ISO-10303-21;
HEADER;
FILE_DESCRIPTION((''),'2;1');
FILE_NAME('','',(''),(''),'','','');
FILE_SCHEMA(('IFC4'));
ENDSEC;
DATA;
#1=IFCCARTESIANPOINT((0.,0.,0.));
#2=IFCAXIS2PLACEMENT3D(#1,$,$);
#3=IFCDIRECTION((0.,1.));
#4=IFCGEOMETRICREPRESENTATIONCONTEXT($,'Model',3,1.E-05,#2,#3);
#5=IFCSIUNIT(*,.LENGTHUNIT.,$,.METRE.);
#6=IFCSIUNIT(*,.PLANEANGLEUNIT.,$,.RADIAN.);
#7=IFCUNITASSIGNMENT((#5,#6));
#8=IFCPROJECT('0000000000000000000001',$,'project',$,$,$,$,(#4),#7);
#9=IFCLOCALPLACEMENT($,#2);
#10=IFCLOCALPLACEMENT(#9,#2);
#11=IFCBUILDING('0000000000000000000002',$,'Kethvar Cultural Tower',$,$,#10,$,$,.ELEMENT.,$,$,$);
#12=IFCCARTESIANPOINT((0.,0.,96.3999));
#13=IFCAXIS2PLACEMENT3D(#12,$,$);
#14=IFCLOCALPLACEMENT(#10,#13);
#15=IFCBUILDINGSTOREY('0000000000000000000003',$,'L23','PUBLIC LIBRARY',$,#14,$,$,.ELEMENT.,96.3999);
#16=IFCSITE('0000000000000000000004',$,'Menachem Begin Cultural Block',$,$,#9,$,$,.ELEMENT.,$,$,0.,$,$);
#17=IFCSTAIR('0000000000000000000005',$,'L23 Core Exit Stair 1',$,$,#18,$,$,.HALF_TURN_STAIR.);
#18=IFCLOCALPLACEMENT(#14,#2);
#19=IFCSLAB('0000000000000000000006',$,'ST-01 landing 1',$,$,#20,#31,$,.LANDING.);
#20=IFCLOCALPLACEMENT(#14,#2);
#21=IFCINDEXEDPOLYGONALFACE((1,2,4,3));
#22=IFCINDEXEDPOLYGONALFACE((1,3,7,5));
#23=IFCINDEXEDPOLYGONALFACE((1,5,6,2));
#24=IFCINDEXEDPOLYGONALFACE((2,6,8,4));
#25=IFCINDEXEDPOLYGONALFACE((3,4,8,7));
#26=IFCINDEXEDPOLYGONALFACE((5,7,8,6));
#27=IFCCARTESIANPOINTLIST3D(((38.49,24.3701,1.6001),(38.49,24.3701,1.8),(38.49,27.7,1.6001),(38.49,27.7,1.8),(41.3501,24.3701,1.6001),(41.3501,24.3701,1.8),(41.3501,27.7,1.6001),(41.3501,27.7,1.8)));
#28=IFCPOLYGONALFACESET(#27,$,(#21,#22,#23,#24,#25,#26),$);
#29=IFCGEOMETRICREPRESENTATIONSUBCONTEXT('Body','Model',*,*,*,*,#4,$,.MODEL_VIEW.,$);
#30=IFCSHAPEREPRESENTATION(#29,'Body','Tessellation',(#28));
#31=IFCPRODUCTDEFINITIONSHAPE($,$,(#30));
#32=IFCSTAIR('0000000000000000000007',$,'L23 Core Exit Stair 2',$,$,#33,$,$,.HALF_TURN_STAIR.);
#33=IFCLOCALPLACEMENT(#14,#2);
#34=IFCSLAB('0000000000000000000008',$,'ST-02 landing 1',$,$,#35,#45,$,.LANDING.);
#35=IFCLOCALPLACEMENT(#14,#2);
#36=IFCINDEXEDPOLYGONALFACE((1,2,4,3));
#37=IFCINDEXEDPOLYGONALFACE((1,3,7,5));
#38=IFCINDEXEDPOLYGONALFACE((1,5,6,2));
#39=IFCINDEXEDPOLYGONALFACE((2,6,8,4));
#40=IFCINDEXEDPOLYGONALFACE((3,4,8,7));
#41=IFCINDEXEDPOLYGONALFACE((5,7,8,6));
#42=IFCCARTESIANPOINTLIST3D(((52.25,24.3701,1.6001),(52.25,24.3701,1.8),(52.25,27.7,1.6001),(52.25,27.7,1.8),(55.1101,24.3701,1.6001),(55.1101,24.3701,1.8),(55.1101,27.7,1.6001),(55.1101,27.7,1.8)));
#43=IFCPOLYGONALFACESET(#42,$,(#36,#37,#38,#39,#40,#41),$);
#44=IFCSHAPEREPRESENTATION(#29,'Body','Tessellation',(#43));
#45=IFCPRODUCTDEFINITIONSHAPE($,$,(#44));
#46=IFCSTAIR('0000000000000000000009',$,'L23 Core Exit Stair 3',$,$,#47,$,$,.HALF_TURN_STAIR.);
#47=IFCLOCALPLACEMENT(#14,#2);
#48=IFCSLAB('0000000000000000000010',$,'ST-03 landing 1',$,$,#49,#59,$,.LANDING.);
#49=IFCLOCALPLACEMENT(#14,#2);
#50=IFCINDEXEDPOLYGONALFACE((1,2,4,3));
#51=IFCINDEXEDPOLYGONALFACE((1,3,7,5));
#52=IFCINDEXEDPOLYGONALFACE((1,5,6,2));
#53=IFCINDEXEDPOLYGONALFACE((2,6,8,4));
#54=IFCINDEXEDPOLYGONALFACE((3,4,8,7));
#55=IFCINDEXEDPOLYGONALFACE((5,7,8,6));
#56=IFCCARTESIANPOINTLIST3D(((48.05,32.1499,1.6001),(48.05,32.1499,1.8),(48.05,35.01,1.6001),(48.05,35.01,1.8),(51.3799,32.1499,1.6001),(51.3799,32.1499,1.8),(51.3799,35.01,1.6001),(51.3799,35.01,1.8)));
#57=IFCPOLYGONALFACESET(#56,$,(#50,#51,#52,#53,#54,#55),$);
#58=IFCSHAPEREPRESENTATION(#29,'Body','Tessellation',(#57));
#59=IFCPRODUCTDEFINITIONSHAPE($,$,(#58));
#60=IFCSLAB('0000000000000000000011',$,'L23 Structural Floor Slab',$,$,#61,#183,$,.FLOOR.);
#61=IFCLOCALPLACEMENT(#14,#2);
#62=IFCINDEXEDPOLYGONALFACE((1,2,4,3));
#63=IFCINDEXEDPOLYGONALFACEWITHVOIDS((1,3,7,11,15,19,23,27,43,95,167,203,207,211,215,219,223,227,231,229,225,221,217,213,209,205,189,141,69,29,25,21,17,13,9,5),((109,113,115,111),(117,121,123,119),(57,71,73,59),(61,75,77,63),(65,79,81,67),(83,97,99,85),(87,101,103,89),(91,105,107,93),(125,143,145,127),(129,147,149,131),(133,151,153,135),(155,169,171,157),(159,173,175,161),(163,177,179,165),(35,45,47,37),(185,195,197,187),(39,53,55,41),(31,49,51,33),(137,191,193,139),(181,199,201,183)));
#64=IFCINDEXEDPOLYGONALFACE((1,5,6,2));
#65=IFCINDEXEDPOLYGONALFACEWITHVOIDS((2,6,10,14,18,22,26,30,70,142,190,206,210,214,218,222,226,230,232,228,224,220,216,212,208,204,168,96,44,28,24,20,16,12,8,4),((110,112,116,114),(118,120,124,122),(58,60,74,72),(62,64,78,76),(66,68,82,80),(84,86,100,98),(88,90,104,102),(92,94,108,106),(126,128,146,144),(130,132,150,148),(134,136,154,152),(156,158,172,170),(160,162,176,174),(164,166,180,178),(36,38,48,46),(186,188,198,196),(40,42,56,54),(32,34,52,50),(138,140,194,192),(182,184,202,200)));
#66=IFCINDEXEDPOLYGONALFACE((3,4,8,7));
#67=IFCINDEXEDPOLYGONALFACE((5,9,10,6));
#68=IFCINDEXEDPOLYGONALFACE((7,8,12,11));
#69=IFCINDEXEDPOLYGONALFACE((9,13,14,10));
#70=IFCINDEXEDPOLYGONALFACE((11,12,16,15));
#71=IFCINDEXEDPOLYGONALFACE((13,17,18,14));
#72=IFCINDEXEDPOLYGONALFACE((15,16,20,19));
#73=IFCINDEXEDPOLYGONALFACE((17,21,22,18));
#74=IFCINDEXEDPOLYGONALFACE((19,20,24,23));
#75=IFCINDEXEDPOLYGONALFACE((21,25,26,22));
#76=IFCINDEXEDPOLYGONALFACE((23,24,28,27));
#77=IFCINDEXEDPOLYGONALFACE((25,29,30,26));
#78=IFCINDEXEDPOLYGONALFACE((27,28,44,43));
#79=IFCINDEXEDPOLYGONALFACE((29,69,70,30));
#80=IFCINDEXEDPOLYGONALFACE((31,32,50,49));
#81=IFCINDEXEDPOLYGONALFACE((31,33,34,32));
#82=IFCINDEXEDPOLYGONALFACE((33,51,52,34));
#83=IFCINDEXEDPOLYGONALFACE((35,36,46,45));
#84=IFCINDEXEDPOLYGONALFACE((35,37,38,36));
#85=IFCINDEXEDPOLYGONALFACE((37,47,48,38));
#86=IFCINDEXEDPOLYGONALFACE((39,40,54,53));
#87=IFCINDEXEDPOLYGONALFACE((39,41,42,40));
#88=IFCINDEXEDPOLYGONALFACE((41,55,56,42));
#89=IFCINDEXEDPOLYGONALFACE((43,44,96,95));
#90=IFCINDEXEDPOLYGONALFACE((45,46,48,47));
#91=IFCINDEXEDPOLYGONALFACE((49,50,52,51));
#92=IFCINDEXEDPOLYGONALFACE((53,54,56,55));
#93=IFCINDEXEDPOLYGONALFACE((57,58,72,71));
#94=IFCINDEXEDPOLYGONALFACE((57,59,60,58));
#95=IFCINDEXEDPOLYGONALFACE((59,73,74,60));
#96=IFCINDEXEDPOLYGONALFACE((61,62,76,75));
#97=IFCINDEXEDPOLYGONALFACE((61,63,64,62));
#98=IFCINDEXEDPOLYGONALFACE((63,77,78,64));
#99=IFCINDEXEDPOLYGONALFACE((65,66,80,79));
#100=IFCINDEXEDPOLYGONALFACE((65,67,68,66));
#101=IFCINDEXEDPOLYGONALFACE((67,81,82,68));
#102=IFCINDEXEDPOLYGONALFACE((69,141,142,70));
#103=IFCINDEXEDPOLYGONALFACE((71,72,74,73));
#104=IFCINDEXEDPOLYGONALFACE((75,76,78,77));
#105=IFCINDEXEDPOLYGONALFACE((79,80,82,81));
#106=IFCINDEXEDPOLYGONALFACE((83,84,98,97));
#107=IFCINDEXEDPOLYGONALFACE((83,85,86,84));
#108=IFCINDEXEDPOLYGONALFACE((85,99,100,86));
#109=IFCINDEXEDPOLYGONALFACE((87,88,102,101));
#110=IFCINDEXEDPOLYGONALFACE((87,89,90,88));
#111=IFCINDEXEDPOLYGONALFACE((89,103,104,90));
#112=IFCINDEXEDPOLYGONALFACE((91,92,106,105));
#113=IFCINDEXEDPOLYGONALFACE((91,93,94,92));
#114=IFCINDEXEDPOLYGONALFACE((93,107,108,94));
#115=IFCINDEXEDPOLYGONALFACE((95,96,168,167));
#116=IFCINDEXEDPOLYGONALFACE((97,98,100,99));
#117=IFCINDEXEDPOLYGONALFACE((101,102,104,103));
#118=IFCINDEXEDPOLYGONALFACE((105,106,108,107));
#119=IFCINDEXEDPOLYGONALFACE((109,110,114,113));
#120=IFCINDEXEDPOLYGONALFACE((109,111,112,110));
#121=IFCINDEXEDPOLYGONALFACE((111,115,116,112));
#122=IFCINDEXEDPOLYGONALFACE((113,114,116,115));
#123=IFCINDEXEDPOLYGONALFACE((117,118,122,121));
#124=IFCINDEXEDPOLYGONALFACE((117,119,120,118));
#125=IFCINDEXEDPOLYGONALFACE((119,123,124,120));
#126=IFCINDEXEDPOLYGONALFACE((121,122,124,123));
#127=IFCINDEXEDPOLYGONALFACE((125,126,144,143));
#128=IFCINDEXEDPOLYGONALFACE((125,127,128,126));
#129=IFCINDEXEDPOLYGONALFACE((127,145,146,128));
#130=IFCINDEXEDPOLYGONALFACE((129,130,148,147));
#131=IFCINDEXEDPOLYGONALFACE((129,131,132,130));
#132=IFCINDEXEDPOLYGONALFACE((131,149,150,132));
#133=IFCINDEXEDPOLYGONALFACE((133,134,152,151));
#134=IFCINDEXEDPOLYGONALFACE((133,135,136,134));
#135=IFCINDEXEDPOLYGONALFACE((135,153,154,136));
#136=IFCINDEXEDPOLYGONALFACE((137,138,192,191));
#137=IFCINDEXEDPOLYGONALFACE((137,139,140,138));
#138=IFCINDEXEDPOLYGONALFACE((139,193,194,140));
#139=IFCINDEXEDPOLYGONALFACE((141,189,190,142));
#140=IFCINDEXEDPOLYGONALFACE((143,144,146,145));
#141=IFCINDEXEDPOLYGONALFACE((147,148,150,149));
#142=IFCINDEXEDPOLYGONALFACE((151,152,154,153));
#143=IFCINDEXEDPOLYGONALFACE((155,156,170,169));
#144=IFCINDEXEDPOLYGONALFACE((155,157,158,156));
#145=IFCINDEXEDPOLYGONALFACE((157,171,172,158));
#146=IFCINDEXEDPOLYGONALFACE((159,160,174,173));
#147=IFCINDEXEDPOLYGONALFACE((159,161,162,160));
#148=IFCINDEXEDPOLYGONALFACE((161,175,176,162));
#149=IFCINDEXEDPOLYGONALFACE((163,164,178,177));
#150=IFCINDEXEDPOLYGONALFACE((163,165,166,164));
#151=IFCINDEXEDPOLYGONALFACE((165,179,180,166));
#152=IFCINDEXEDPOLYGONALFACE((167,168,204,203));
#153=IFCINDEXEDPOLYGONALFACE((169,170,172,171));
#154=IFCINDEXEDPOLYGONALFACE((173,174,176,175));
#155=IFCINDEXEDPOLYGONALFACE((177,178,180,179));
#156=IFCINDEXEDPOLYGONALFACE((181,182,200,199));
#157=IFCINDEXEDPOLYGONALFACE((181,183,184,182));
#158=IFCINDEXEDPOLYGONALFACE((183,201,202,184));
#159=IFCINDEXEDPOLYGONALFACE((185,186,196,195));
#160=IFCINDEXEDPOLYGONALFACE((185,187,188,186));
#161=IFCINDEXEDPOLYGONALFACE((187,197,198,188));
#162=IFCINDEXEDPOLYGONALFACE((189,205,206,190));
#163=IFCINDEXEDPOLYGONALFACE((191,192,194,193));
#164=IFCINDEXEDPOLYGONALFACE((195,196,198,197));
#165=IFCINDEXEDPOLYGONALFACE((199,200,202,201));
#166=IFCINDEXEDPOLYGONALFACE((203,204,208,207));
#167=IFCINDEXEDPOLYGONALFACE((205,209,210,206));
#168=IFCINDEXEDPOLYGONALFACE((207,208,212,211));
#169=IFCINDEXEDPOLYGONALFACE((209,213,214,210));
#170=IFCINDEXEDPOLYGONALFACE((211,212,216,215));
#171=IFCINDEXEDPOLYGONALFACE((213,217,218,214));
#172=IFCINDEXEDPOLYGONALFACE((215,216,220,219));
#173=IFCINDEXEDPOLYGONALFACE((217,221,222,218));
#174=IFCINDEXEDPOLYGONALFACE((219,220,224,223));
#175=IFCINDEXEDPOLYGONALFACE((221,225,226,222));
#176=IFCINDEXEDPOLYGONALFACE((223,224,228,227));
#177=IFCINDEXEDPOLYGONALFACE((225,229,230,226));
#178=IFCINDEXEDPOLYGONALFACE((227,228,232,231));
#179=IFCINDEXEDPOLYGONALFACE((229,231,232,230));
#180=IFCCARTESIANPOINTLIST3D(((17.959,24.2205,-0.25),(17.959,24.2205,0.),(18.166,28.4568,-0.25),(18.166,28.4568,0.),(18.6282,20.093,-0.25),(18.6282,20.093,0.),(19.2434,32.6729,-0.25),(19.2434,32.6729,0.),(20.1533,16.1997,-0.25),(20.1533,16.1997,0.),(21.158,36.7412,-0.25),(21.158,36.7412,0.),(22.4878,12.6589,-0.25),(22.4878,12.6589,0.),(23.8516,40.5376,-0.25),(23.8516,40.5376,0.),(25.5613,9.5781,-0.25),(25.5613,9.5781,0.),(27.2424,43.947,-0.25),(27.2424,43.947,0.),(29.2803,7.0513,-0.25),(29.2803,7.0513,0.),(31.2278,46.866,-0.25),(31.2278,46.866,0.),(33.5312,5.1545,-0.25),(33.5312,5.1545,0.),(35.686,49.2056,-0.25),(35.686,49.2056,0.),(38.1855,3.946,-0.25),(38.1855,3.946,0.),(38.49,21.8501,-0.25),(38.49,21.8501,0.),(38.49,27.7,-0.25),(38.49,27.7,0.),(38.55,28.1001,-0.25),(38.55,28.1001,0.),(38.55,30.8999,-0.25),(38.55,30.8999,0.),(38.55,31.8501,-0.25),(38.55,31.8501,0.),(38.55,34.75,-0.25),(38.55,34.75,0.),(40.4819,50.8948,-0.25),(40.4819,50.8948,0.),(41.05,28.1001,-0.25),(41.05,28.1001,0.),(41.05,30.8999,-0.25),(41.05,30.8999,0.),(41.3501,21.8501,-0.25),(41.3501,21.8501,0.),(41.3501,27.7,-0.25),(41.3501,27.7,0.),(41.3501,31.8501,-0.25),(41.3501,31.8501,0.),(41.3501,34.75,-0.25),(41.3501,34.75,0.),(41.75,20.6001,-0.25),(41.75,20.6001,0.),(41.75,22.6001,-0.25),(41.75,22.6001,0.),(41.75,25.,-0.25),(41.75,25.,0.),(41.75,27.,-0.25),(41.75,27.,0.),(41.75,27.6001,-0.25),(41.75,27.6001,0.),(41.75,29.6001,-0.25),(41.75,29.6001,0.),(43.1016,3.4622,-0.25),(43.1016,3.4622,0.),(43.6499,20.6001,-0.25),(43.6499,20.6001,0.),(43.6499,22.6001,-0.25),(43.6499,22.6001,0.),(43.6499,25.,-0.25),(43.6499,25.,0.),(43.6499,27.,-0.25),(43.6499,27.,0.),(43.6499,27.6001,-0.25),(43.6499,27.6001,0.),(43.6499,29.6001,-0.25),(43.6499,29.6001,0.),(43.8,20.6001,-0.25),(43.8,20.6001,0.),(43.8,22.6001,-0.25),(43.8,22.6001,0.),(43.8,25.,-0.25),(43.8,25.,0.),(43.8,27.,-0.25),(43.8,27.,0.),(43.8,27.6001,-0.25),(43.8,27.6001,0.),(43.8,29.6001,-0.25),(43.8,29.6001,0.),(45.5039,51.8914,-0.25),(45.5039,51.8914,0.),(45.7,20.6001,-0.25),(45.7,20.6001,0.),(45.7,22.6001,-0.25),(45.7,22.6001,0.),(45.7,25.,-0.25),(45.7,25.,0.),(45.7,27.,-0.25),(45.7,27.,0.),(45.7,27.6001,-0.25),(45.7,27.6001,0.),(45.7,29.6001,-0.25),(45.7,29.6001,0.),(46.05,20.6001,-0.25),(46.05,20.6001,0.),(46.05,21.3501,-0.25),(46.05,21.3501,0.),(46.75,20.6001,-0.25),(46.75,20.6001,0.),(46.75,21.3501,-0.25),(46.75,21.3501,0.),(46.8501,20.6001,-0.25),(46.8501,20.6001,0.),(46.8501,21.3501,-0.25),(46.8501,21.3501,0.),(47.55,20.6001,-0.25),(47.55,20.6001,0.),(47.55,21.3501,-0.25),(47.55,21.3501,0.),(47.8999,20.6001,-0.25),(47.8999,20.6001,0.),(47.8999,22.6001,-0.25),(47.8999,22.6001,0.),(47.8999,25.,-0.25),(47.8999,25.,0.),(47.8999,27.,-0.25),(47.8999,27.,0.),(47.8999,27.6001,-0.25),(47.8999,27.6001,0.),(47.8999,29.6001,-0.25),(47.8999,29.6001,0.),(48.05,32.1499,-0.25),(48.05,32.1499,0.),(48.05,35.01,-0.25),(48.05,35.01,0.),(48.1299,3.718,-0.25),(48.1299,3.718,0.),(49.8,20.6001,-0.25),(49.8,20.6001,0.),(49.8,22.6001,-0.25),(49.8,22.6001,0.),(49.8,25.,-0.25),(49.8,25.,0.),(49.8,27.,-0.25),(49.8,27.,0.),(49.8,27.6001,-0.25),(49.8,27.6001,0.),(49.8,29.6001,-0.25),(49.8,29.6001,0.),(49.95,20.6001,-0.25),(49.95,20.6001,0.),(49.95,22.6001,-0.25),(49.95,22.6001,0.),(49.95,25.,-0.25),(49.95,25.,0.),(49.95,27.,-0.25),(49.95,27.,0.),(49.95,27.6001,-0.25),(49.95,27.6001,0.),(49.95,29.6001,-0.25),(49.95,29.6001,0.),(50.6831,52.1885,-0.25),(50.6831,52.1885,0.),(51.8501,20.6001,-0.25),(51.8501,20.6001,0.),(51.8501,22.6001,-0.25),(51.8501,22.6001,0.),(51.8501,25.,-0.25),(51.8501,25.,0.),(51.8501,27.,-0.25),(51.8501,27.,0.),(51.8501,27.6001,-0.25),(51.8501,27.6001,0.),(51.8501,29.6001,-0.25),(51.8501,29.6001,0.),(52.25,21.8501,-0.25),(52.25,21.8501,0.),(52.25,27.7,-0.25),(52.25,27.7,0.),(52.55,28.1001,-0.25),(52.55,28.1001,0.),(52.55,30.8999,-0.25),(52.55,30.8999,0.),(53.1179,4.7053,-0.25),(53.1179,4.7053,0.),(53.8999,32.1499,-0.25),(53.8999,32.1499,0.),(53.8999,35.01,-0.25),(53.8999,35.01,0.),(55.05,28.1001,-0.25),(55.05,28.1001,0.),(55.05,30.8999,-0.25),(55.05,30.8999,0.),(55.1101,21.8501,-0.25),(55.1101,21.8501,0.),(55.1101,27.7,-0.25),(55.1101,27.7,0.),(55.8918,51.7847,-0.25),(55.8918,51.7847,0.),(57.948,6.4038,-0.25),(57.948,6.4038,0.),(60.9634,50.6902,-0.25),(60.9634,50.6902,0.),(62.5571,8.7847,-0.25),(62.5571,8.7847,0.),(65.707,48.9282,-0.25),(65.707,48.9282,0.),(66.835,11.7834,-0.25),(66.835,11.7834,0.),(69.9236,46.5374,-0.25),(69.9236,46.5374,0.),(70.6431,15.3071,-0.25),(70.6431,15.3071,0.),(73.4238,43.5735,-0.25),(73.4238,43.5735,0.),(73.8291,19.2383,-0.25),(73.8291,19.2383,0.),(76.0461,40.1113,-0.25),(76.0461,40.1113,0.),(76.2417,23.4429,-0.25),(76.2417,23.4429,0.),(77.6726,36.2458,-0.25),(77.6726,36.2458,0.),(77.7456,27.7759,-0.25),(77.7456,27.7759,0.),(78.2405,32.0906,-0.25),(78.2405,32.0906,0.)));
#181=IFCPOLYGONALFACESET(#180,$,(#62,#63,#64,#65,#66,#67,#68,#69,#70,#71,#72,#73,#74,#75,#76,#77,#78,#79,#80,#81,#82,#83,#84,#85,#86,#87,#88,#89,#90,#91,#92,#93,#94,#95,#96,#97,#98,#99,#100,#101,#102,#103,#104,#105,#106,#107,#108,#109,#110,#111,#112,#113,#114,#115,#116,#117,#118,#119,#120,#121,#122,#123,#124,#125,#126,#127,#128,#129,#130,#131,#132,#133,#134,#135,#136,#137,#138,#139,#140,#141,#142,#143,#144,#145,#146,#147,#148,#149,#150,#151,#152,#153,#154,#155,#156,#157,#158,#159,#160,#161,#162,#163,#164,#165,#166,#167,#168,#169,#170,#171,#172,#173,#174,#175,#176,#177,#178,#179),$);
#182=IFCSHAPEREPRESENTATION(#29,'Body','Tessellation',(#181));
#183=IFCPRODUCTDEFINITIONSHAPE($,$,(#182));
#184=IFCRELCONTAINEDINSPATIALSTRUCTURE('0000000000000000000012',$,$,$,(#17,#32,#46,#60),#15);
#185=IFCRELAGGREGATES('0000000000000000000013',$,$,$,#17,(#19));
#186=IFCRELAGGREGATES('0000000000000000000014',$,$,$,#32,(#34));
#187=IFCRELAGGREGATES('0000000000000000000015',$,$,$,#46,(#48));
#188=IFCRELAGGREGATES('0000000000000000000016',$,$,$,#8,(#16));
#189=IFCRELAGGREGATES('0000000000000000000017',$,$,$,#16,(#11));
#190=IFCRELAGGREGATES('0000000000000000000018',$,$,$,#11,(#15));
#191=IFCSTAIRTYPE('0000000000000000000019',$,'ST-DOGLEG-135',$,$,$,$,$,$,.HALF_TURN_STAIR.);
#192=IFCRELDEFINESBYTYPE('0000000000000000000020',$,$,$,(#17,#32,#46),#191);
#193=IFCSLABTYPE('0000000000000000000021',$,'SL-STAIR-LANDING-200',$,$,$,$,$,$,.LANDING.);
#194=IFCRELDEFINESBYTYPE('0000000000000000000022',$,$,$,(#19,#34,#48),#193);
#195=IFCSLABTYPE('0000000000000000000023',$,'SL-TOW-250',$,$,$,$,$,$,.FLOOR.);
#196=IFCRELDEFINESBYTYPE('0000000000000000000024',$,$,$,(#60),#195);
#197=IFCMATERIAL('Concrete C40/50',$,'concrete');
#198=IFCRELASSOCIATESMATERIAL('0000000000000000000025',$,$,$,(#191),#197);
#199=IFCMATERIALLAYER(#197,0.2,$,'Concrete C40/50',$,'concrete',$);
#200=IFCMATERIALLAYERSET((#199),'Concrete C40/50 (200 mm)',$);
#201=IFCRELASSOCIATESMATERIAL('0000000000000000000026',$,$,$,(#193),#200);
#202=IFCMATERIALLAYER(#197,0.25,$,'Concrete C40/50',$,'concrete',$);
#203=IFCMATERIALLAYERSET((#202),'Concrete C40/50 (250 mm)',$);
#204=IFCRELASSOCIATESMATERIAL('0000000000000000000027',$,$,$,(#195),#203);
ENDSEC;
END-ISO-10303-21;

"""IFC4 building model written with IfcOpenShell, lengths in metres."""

from ifc_helpers import new_model, si_unit, direction, frame, origin, place, context, subcontext, project, spatial, polyline, outline, extrude, material, layer, layer_set, type_object, element, aggregate, save


model = new_model("IFC4")

# Units and contexts
model_context = context("Model", 3, precision=1e-05, world=origin(), true_north=direction((0.0, 1.0)))
body_context = subcontext(model_context, "Body", "Model", "MODEL_VIEW")
ifc_project = project(units=[si_unit("LENGTHUNIT", "METRE"), si_unit("PLANEANGLEUNIT", "RADIAN")], contexts=[model_context])

# Site, building, storey
site_placement = place(None, origin())
site = spatial("IfcSite", under=ifc_project, at=site_placement, Name="Menachem Begin Cultural Block", CompositionType="ELEMENT", RefElevation=0.0)
building_placement = place(site_placement, origin())
building = spatial("IfcBuilding", under=site, at=building_placement, Name="Kethvar Cultural Tower", CompositionType="ELEMENT")
storey_placement = place(building_placement, frame((0.0, 0.0, 96.3999)))
storey = spatial("IfcBuildingStorey", under=building, at=storey_placement, Name="L23", Description="PUBLIC LIBRARY", CompositionType="ELEMENT", Elevation=96.3999)

# Stairs, slabs
ifc_material_1 = material(Name="Concrete C40/50", Category="concrete")
stair_type = type_object("IfcStairType", Name="ST-DOGLEG-135", PredefinedType="HALF_TURN_STAIR", material=ifc_material_1)
stair_1_placement = place(storey_placement, origin())
stair_1 = element("IfcStair", 1, at=stair_1_placement, inside=storey, type_object=stair_type, Name="L23 Core Exit Stair 1", PredefinedType="HALF_TURN_STAIR")
ifc_layer_1 = layer(ifc_material_1, 0.2, Name="Concrete C40/50", Category="concrete")
ifc_layer_set_1 = layer_set([ifc_layer_1], Name="Concrete C40/50 (200 mm)")
slab_type_1 = type_object("IfcSlabType", Name="SL-STAIR-LANDING-200", PredefinedType="LANDING", material=ifc_layer_set_1)
slab_1_placement = place(storey_placement, frame((0.0, 0.0, 1.6001)))
slab_1 = element("IfcSlab", 2, at=slab_1_placement, type_object=slab_type_1, Name="ST-01 landing 1", PredefinedType="LANDING", context=body_context, shape_type="SweptSolid", body=[
    extrude(outline(polyline([(41.3501, 24.3701), (41.3501, 27.7), (38.49, 27.7), (38.49, 24.3701), (41.3501, 24.3701)])), origin(), (0.0, 0.0, 1.0), 0.2),
])
aggregate(stair_1, [slab_1])
stair_2_placement = place(storey_placement, origin())
stair_2 = element("IfcStair", 3, at=stair_2_placement, inside=storey, type_object=stair_type, Name="L23 Core Exit Stair 2", PredefinedType="HALF_TURN_STAIR")
slab_2_placement = place(storey_placement, frame((0.0, 0.0, 1.6001)))
slab_2 = element("IfcSlab", 4, at=slab_2_placement, type_object=slab_type_1, Name="ST-02 landing 1", PredefinedType="LANDING", context=body_context, shape_type="SweptSolid", body=[
    extrude(outline(polyline([(55.1101, 24.3701), (55.1101, 27.7), (52.25, 27.7), (52.25, 24.3701), (55.1101, 24.3701)])), origin(), (0.0, 0.0, 1.0), 0.2),
])
aggregate(stair_2, [slab_2])
stair_3_placement = place(storey_placement, origin())
stair_3 = element("IfcStair", 5, at=stair_3_placement, inside=storey, type_object=stair_type, Name="L23 Core Exit Stair 3", PredefinedType="HALF_TURN_STAIR")
slab_3_placement = place(storey_placement, frame((0.0, 0.0, 1.6001)))
slab_3 = element("IfcSlab", 6, at=slab_3_placement, type_object=slab_type_1, Name="ST-03 landing 1", PredefinedType="LANDING", context=body_context, shape_type="SweptSolid", body=[
    extrude(outline(polyline([(51.3799, 35.01), (48.05, 35.01), (48.05, 32.1499), (51.3799, 32.1499), (51.3799, 35.01)])), origin(), (0.0, 0.0, 1.0), 0.2),
])
aggregate(stair_3, [slab_3])

# Slab
ifc_layer_2 = layer(ifc_material_1, 0.25, Name="Concrete C40/50", Category="concrete")
ifc_layer_set_2 = layer_set([ifc_layer_2], Name="Concrete C40/50 (250 mm)")
slab_type_2 = type_object("IfcSlabType", Name="SL-TOW-250", PredefinedType="FLOOR", material=ifc_layer_set_2)
slab_4_placement = place(storey_placement, frame((0.0, 0.0, -0.25)))
element("IfcSlab", 7, at=slab_4_placement, inside=storey, type_object=slab_type_2, Name="L23 Structural Floor Slab", PredefinedType="FLOOR", context=body_context, shape_type="SweptSolid", body=[
    extrude(outline(polyline([(77.6726, 36.2458), (76.0461, 40.1113), (73.4238, 43.5735), (69.9236, 46.5374), (65.707, 48.9282), (60.9634, 50.6902), (55.8918, 51.7847), (50.6831, 52.1885), (45.5039, 51.8914), (40.4819, 50.8948), (35.686, 49.2056), (31.2278, 46.866), (27.2424, 43.947), (23.8516, 40.5376), (21.158, 36.7412), (19.2434, 32.6729), (18.166, 28.4568), (17.959, 24.2205), (18.6282, 20.093), (20.1533, 16.1997), (22.4878, 12.6589), (25.5613, 9.5781), (29.2803, 7.0513), (33.5312, 5.1545), (38.1855, 3.946), (43.1016, 3.4622), (48.1299, 3.718), (53.1179, 4.7053), (57.948, 6.4038), (62.5571, 8.7847), (66.835, 11.7834), (70.6431, 15.3071), (73.8291, 19.2383), (76.2417, 23.4429), (77.7456, 27.7759), (78.2405, 32.0906), (77.6726, 36.2458)]), holes=[polyline([(38.49, 21.8501), (38.49, 27.7), (41.3501, 27.7), (41.3501, 21.8501), (38.49, 21.8501)]), polyline([(52.25, 21.8501), (52.25, 27.7), (55.1101, 27.7), (55.1101, 21.8501), (52.25, 21.8501)]), polyline([(53.8999, 32.1499), (48.05, 32.1499), (48.05, 35.01), (53.8999, 35.01), (53.8999, 32.1499)]), polyline([(41.75, 22.6001), (43.6499, 22.6001), (43.6499, 20.6001), (41.75, 20.6001), (41.75, 22.6001)]), polyline([(43.8, 22.6001), (45.7, 22.6001), (45.7, 20.6001), (43.8, 20.6001), (43.8, 22.6001)]), polyline([(47.8999, 22.6001), (49.8, 22.6001), (49.8, 20.6001), (47.8999, 20.6001), (47.8999, 22.6001)]), polyline([(49.95, 22.6001), (51.8501, 22.6001), (51.8501, 20.6001), (49.95, 20.6001), (49.95, 22.6001)]), polyline([(41.75, 27.0), (43.6499, 27.0), (43.6499, 25.0), (41.75, 25.0), (41.75, 27.0)]), polyline([(43.8, 27.0), (45.7, 27.0), (45.7, 25.0), (43.8, 25.0), (43.8, 27.0)]), polyline([(47.8999, 27.0), (49.8, 27.0), (49.8, 25.0), (47.8999, 25.0), (47.8999, 27.0)]), polyline([(49.95, 27.0), (51.8501, 27.0), (51.8501, 25.0), (49.95, 25.0), (49.95, 27.0)]), polyline([(41.75, 29.6001), (43.6499, 29.6001), (43.6499, 27.6001), (41.75, 27.6001), (41.75, 29.6001)]), polyline([(43.8, 29.6001), (45.7, 29.6001), (45.7, 27.6001), (43.8, 27.6001), (43.8, 29.6001)]), polyline([(47.8999, 29.6001), (49.8, 29.6001), (49.8, 27.6001), (47.8999, 27.6001), (47.8999, 29.6001)]), polyline([(49.95, 29.6001), (51.8501, 29.6001), (51.8501, 27.6001), (49.95, 27.6001), (49.95, 29.6001)]), polyline([(38.55, 30.8999), (41.05, 30.8999), (41.05, 28.1001), (38.55, 28.1001), (38.55, 30.8999)]), polyline([(52.55, 30.8999), (55.05, 30.8999), (55.05, 28.1001), (52.55, 28.1001), (52.55, 30.8999)]), polyline([(38.55, 34.75), (41.3501, 34.75), (41.3501, 31.8501), (38.55, 31.8501), (38.55, 34.75)]), polyline([(46.05, 21.3501), (46.75, 21.3501), (46.75, 20.6001), (46.05, 20.6001), (46.05, 21.3501)]), polyline([(46.8501, 21.3501), (47.55, 21.3501), (47.55, 20.6001), (46.8501, 20.6001), (46.8501, 21.3501)])]), origin(), (0.0, 0.0, 1.0), 0.25),
])

save(model, "model.ifc")
